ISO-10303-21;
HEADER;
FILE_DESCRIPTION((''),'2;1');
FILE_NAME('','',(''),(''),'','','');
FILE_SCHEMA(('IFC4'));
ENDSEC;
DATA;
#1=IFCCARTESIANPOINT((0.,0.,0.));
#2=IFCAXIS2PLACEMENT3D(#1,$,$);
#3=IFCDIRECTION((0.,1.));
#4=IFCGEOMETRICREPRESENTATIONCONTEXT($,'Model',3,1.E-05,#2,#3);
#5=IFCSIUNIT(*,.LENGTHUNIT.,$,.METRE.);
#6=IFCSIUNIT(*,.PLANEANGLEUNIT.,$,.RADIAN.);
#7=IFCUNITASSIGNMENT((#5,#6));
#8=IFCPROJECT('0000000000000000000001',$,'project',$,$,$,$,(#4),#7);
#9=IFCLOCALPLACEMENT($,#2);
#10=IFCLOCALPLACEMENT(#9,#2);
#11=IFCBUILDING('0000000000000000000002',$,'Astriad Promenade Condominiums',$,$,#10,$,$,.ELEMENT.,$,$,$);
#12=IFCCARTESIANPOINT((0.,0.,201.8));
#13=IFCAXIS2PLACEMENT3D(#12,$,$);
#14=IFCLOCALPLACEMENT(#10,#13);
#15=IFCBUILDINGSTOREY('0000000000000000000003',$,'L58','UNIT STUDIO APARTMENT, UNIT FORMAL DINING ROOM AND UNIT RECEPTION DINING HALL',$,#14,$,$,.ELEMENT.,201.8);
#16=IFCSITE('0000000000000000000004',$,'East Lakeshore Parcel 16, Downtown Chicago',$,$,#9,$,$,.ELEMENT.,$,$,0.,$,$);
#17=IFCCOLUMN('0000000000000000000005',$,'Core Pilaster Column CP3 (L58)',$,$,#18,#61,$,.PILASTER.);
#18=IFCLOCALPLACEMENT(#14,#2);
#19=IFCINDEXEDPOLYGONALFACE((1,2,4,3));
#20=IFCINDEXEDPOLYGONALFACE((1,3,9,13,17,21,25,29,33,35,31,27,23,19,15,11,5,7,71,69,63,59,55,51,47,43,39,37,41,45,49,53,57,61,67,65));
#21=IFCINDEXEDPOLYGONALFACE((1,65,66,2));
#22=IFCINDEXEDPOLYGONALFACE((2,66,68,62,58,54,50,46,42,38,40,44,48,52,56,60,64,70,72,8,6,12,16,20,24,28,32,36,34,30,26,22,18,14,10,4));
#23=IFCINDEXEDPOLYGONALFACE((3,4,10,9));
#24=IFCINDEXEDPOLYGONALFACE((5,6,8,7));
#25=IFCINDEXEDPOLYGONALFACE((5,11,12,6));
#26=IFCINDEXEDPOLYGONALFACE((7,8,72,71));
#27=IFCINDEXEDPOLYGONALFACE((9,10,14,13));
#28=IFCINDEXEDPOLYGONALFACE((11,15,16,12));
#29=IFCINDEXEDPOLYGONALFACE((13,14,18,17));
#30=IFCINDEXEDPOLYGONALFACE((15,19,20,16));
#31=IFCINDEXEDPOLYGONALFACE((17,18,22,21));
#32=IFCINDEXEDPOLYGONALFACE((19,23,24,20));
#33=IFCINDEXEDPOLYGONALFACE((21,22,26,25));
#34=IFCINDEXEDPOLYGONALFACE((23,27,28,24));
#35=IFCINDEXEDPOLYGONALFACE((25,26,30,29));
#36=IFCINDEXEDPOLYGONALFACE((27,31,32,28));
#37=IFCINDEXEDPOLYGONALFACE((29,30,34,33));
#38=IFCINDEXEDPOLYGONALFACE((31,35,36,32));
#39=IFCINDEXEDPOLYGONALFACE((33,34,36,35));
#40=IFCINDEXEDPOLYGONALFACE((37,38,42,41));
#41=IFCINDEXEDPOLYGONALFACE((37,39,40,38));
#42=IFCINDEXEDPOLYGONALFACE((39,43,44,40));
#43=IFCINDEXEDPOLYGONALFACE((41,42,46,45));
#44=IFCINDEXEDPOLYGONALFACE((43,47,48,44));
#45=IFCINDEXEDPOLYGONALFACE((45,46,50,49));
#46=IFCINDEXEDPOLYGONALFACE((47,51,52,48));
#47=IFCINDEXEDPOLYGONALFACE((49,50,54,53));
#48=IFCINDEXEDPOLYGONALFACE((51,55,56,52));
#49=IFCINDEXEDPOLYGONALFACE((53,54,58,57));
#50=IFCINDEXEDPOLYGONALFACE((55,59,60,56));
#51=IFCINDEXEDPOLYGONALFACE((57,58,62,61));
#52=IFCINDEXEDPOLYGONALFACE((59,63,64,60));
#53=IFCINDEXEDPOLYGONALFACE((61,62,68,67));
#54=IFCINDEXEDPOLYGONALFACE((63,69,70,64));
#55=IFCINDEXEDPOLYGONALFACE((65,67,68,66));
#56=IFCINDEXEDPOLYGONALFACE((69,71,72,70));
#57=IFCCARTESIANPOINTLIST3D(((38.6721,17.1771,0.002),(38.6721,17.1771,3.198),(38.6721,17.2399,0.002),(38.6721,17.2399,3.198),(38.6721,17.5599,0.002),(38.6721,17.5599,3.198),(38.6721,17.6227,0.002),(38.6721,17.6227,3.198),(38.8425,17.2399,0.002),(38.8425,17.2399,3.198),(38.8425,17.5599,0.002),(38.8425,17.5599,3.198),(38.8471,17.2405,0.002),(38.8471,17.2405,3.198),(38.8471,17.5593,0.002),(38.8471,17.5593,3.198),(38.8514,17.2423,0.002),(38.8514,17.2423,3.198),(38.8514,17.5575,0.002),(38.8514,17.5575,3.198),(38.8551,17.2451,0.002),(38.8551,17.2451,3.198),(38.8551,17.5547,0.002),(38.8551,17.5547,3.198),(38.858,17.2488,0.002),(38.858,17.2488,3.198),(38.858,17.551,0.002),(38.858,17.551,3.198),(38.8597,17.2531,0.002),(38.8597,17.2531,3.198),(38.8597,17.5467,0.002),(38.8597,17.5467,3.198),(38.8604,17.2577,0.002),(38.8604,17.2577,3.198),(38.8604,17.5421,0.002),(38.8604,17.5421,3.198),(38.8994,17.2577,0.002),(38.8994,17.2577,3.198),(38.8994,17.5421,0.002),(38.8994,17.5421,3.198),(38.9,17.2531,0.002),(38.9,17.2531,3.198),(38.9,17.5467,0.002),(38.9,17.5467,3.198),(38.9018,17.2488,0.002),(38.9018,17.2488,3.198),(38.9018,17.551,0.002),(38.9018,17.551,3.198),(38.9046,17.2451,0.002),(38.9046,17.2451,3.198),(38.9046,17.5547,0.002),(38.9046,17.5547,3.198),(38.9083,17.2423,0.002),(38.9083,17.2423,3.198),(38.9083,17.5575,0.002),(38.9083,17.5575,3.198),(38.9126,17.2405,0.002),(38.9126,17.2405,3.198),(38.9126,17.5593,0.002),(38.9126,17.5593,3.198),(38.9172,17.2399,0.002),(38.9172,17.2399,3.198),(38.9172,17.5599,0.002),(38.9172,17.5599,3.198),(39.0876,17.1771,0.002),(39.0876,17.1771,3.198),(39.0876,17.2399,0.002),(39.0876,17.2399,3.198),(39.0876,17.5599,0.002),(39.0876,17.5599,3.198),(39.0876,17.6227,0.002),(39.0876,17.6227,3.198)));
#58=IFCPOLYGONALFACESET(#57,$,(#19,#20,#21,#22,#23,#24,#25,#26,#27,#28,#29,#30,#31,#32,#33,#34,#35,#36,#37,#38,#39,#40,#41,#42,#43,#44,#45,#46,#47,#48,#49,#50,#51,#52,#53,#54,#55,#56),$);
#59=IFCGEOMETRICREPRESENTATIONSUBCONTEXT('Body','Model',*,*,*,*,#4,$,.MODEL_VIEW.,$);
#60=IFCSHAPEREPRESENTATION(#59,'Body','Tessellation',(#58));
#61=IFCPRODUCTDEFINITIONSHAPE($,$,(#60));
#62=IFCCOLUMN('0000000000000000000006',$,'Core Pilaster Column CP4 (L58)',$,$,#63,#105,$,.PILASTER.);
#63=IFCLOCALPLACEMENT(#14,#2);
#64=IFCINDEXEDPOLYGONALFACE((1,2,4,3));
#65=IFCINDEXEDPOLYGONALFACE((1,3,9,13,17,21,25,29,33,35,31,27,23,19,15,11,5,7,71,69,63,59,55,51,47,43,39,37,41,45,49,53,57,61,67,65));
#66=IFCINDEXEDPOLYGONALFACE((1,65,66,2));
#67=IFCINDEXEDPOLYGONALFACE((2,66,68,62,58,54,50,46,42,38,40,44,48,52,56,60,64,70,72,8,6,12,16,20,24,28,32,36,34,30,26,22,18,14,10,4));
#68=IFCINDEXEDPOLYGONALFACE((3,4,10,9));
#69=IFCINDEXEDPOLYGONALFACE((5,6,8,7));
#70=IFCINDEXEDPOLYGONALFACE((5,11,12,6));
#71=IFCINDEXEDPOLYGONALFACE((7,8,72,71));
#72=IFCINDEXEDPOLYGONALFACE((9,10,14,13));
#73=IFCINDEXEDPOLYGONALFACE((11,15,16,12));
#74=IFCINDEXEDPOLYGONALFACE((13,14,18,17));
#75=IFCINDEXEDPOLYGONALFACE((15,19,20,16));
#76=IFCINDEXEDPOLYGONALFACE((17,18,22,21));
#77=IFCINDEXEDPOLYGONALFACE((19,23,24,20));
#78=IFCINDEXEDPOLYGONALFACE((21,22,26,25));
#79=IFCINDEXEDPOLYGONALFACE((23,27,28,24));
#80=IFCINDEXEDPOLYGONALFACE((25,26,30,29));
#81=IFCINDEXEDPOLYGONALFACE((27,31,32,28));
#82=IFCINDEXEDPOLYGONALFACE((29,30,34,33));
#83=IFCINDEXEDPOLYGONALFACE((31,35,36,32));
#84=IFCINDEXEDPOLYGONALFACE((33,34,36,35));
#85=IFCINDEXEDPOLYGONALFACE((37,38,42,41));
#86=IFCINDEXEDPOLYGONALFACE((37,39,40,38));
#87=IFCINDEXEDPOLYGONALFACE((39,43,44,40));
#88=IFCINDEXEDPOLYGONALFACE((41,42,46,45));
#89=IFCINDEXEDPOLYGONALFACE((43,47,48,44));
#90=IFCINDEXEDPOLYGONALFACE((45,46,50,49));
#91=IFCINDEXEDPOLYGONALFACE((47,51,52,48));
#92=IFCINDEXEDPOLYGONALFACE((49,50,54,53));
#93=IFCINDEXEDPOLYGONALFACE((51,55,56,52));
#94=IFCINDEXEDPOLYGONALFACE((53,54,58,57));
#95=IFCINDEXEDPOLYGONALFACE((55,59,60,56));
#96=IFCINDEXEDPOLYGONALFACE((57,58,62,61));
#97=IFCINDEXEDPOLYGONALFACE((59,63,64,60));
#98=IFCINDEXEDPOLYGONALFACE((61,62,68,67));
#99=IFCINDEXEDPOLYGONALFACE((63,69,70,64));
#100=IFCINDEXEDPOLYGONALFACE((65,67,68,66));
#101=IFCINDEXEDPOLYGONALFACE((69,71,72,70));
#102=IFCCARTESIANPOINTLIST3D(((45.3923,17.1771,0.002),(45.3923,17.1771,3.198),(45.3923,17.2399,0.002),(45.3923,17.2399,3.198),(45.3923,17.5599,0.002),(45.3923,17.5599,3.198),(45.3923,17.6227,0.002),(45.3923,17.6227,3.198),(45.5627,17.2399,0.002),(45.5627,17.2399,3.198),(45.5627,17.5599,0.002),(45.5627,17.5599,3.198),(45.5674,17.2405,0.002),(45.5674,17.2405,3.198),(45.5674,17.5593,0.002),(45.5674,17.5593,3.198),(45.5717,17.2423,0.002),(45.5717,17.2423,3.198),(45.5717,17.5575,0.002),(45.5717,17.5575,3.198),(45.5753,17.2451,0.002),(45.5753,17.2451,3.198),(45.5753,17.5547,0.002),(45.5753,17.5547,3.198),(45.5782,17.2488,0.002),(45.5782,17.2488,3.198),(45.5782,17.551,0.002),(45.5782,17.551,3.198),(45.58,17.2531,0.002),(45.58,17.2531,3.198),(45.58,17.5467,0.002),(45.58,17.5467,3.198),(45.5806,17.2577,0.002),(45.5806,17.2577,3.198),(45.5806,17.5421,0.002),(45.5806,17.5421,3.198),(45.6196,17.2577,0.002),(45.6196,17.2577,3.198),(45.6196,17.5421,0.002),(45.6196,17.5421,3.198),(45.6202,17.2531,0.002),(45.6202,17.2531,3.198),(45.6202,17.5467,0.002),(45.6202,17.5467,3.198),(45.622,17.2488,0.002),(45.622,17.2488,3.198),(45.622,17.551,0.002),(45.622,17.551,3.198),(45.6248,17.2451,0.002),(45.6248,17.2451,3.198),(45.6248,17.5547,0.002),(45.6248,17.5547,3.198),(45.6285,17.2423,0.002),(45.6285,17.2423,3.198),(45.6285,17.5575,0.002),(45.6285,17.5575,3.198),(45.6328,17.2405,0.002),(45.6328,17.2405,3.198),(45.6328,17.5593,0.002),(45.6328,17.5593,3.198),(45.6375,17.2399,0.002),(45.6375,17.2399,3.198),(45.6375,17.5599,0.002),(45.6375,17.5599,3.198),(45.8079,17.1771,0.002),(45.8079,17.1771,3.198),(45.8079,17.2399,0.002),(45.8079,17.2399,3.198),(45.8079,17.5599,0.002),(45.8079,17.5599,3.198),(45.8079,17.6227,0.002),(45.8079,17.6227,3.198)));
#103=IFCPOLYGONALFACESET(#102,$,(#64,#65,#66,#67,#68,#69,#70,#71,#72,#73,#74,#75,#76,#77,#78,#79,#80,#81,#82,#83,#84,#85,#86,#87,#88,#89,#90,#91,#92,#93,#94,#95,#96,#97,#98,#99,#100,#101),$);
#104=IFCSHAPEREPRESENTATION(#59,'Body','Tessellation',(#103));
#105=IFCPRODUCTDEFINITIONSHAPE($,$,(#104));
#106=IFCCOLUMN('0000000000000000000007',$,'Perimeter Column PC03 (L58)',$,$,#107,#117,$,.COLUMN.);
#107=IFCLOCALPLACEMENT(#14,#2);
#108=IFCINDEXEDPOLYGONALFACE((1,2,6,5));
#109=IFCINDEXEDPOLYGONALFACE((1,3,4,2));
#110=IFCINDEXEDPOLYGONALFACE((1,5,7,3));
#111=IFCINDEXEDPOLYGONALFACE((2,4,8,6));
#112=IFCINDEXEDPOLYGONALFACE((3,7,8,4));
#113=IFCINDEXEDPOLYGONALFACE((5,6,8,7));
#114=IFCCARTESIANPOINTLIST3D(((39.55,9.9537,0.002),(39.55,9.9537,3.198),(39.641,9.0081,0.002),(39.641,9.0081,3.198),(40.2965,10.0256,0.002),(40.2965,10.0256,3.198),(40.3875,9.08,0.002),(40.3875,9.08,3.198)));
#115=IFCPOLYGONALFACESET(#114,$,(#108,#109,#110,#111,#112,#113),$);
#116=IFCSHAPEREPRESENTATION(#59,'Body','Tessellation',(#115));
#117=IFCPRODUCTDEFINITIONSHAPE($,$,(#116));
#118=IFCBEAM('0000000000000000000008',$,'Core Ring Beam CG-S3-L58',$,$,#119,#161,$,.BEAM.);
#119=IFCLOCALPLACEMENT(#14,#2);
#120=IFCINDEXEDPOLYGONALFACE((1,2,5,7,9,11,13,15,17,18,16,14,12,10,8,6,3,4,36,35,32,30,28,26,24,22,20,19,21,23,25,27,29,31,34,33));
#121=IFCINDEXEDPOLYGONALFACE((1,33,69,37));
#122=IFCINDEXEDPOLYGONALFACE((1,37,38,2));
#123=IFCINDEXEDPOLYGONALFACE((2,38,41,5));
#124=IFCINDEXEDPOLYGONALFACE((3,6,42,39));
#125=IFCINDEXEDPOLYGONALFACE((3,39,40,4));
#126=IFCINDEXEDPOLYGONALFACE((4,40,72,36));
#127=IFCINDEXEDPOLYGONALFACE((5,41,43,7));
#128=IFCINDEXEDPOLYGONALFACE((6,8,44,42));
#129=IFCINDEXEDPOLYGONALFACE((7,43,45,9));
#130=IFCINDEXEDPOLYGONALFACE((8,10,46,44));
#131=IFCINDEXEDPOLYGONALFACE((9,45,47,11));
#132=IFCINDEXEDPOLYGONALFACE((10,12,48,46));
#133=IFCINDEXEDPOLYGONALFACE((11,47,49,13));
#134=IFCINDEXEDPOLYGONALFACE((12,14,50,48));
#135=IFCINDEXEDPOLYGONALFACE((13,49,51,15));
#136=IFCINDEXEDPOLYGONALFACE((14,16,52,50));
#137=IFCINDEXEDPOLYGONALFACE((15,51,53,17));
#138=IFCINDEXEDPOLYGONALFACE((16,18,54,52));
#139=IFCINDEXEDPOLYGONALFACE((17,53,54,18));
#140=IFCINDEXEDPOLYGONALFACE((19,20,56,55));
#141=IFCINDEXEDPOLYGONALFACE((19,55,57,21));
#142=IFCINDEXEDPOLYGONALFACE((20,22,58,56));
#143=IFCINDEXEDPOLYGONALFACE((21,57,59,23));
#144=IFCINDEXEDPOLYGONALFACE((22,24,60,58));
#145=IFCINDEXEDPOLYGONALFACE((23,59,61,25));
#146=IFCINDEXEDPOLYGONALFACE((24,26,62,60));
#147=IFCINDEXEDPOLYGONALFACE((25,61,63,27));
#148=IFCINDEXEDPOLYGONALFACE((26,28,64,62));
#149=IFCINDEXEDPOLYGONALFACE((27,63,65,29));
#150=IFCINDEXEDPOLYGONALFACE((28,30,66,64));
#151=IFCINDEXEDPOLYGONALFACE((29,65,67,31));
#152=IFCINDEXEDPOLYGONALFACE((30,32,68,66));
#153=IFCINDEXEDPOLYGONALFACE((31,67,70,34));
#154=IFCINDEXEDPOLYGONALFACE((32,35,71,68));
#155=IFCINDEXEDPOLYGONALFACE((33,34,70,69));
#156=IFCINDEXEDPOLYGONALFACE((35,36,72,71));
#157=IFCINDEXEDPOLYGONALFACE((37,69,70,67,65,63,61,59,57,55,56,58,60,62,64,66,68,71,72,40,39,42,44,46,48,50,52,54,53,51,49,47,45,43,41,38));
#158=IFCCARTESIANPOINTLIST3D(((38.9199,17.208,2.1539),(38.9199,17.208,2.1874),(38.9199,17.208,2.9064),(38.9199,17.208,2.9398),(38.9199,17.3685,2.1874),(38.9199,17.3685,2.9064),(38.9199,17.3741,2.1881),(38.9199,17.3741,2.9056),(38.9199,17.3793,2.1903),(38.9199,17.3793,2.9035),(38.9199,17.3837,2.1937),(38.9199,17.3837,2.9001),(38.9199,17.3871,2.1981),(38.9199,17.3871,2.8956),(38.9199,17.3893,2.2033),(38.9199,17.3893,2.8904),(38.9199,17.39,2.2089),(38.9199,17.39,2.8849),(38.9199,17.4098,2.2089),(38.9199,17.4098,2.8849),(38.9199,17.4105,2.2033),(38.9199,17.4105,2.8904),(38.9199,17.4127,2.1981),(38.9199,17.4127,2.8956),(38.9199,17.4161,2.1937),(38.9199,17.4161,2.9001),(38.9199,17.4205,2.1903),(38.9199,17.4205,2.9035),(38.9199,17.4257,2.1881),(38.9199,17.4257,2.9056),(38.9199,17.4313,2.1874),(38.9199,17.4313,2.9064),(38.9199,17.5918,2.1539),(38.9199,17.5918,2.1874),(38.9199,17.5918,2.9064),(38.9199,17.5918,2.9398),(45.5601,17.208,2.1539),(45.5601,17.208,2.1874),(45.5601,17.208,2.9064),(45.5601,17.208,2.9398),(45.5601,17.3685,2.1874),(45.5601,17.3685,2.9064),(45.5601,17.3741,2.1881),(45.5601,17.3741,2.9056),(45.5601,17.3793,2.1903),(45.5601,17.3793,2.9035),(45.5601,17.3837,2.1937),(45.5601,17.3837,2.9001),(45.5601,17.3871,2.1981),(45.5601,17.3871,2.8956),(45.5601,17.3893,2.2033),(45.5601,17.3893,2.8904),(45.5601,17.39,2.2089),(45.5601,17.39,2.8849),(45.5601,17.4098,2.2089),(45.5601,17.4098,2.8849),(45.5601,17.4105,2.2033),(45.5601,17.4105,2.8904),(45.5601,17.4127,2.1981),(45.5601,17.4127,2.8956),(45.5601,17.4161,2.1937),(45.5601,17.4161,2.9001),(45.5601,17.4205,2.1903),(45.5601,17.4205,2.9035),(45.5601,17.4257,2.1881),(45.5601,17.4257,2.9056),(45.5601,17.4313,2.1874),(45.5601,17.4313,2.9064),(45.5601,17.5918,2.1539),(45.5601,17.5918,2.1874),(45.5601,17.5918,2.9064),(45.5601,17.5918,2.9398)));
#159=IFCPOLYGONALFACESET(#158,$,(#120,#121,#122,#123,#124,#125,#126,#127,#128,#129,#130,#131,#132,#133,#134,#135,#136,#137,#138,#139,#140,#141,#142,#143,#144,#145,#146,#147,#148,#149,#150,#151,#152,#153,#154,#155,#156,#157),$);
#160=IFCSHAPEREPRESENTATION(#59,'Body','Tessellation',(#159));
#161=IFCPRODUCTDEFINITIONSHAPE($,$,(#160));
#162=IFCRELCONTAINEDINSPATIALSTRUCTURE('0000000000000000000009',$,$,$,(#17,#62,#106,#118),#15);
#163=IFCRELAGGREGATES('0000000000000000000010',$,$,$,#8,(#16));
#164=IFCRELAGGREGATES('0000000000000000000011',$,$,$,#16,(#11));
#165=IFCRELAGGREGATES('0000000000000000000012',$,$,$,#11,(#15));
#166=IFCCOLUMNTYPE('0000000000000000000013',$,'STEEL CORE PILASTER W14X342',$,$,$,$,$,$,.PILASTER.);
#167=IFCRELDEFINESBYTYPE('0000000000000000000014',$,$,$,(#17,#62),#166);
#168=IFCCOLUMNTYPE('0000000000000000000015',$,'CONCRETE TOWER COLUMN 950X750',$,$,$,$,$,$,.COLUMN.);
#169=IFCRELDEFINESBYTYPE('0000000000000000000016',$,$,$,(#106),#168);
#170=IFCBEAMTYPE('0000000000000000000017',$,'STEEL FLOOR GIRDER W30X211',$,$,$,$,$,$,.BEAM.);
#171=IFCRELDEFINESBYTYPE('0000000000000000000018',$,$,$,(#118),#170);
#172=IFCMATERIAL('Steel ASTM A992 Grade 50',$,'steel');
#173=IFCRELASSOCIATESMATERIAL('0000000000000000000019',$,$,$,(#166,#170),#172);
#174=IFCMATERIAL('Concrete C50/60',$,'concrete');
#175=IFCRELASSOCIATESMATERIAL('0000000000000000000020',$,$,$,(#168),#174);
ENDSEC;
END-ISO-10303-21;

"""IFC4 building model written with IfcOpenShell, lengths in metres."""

from ifc_helpers import new_model, si_unit, direction, frame, origin, origin_2d, place, context, subcontext, project, spatial, rectangle, i_section, extrude, source, transform, mapped, material, material_profile, profile_set, type_object, type_shapes, element, save


model = new_model("IFC4")

# Units and contexts
model_context = context("Model", 3, precision=1e-05, world=origin(), true_north=direction((0.0, 1.0)))
body_context = subcontext(model_context, "Body", "Model", "MODEL_VIEW")
ifc_project = project(units=[si_unit("LENGTHUNIT", "METRE"), si_unit("PLANEANGLEUNIT", "RADIAN")], contexts=[model_context])

# Site, building, storey
site_placement = place(None, origin())
site = spatial("IfcSite", under=ifc_project, at=site_placement, Name="East Lakeshore Parcel 16, Downtown Chicago", CompositionType="ELEMENT", RefElevation=0.0)
building_placement = place(site_placement, origin())
building = spatial("IfcBuilding", under=site, at=building_placement, Name="Astriad Promenade Condominiums", CompositionType="ELEMENT")
storey_placement = place(building_placement, frame((0.0, 0.0, 201.8)))
storey = spatial("IfcBuildingStorey", under=building, at=storey_placement, Name="L58", Description="UNIT STUDIO APARTMENT, UNIT FORMAL DINING ROOM AND UNIT RECEPTION DINING HALL", CompositionType="ELEMENT", Elevation=201.8)

# Columns
ifc_material_1 = material(Name="Steel ASTM A992 Grade 50", Category="steel")
ifc_material_profile_1 = material_profile(ifc_material_1, i_section(OverallWidth=0.4155, OverallDepth=0.4456, WebThickness=0.0391, FlangeThickness=0.0627, FilletRadius=0.0178, at=origin_2d()), Name="W14X342")
ifc_profile_set_1 = profile_set([ifc_material_profile_1], Name="Steel ASTM A992 Grade 50")
column_type_1 = type_object("IfcColumnType", Name="STEEL CORE PILASTER W14X342", PredefinedType="PILASTER", material=ifc_profile_set_1)
shared_shape_1 = source(origin(), body_context, "Body", "SweptSolid", [
    extrude(i_section(OverallWidth=0.4155, OverallDepth=0.4456, WebThickness=0.0391, FlangeThickness=0.0627, FilletRadius=0.0178, at=origin_2d()), origin(), (0.0, 0.0, 1.0), 3.196),
])
type_shapes(column_type_1, [shared_shape_1])
for number, where, z_axis, x_axis, name in (
    (1, (38.8799, 17.3999, 0.002), (0.0, 0.0, 1.0), (1.0, 0.0, 0.0), "Core Pilaster Column CP3 (L58)"),
    (2, (45.6001, 17.3999, 0.002), (0.0, 0.0, 1.0), (1.0, 0.0, 0.0), "Core Pilaster Column CP4 (L58)"),
):
    element("IfcColumn", number, at=place(storey_placement, frame(where, z_axis=z_axis, x_axis=x_axis)), inside=storey, type_object=column_type_1, Name=name, PredefinedType="PILASTER", context=body_context, shape_type="MappedRepresentation", body=[
        mapped(shared_shape_1, transform((0.0, 0.0, 0.0), scale=1.0)),
    ])
ifc_material_2 = material(Name="Concrete C50/60", Category="concrete")
ifc_material_profile_2 = material_profile(ifc_material_2, rectangle(XDim=0.75, YDim=0.95, at=origin_2d()), Name="RC-COL-950X750")
ifc_profile_set_2 = profile_set([ifc_material_profile_2], Name="Concrete C50/60")
column_type_2 = type_object("IfcColumnType", Name="CONCRETE TOWER COLUMN 950X750", PredefinedType="COLUMN", material=ifc_profile_set_2)
shared_shape_2 = source(origin(), body_context, "Body", "SweptSolid", [
    extrude(rectangle(XDim=0.75, YDim=0.95, at=origin_2d()), origin(), (0.0, 0.0, 1.0), 3.196),
])
type_shapes(column_type_2, [shared_shape_2])
column_placement = place(storey_placement, frame((39.9688, 9.5168, 0.002), z_axis=(0.0, 0.0, 1.0), x_axis=(0.995396, 0.095846, 0.0)))
element("IfcColumn", 3, at=column_placement, inside=storey, type_object=column_type_2, Name="Perimeter Column PC03 (L58)", PredefinedType="COLUMN", context=body_context, shape_type="MappedRepresentation", body=[
    mapped(shared_shape_2, transform((0.0, 0.0, 0.0), scale=1.0)),
])

# Beam
ifc_material_profile_3 = material_profile(ifc_material_1, i_section(OverallWidth=0.3838, OverallDepth=0.7859, WebThickness=0.0198, FlangeThickness=0.0334, FilletRadius=0.0215, at=origin_2d()), Name="W30X211")
ifc_profile_set_3 = profile_set([ifc_material_profile_3], Name="Steel ASTM A992 Grade 50")
beam_type_1 = type_object("IfcBeamType", Name="STEEL FLOOR GIRDER W30X211", PredefinedType="BEAM", material=ifc_profile_set_3)
shared_shape_3 = source(origin(), body_context, "Body", "SweptSolid", [
    extrude(i_section(OverallWidth=0.3838, OverallDepth=0.7859, WebThickness=0.0198, FlangeThickness=0.0334, FilletRadius=0.0215, at=origin_2d()), origin(), (0.0, 0.0, 1.0), 6.6401),
])
type_shapes(beam_type_1, [shared_shape_3])
beam_1_placement = place(storey_placement, frame((38.9199, 17.3999, 2.5469), z_axis=(1.0, 0.0, 0.0), x_axis=(0.0, 1.0, 0.0)))
element("IfcBeam", 4, at=beam_1_placement, inside=storey, type_object=beam_type_1, Name="Core Ring Beam CG-S3-L58", PredefinedType="BEAM", context=body_context, shape_type="MappedRepresentation", body=[
    mapped(shared_shape_3, transform((0.0, 0.0, 0.0), scale=1.0)),
])

save(model, "model.ifc")
